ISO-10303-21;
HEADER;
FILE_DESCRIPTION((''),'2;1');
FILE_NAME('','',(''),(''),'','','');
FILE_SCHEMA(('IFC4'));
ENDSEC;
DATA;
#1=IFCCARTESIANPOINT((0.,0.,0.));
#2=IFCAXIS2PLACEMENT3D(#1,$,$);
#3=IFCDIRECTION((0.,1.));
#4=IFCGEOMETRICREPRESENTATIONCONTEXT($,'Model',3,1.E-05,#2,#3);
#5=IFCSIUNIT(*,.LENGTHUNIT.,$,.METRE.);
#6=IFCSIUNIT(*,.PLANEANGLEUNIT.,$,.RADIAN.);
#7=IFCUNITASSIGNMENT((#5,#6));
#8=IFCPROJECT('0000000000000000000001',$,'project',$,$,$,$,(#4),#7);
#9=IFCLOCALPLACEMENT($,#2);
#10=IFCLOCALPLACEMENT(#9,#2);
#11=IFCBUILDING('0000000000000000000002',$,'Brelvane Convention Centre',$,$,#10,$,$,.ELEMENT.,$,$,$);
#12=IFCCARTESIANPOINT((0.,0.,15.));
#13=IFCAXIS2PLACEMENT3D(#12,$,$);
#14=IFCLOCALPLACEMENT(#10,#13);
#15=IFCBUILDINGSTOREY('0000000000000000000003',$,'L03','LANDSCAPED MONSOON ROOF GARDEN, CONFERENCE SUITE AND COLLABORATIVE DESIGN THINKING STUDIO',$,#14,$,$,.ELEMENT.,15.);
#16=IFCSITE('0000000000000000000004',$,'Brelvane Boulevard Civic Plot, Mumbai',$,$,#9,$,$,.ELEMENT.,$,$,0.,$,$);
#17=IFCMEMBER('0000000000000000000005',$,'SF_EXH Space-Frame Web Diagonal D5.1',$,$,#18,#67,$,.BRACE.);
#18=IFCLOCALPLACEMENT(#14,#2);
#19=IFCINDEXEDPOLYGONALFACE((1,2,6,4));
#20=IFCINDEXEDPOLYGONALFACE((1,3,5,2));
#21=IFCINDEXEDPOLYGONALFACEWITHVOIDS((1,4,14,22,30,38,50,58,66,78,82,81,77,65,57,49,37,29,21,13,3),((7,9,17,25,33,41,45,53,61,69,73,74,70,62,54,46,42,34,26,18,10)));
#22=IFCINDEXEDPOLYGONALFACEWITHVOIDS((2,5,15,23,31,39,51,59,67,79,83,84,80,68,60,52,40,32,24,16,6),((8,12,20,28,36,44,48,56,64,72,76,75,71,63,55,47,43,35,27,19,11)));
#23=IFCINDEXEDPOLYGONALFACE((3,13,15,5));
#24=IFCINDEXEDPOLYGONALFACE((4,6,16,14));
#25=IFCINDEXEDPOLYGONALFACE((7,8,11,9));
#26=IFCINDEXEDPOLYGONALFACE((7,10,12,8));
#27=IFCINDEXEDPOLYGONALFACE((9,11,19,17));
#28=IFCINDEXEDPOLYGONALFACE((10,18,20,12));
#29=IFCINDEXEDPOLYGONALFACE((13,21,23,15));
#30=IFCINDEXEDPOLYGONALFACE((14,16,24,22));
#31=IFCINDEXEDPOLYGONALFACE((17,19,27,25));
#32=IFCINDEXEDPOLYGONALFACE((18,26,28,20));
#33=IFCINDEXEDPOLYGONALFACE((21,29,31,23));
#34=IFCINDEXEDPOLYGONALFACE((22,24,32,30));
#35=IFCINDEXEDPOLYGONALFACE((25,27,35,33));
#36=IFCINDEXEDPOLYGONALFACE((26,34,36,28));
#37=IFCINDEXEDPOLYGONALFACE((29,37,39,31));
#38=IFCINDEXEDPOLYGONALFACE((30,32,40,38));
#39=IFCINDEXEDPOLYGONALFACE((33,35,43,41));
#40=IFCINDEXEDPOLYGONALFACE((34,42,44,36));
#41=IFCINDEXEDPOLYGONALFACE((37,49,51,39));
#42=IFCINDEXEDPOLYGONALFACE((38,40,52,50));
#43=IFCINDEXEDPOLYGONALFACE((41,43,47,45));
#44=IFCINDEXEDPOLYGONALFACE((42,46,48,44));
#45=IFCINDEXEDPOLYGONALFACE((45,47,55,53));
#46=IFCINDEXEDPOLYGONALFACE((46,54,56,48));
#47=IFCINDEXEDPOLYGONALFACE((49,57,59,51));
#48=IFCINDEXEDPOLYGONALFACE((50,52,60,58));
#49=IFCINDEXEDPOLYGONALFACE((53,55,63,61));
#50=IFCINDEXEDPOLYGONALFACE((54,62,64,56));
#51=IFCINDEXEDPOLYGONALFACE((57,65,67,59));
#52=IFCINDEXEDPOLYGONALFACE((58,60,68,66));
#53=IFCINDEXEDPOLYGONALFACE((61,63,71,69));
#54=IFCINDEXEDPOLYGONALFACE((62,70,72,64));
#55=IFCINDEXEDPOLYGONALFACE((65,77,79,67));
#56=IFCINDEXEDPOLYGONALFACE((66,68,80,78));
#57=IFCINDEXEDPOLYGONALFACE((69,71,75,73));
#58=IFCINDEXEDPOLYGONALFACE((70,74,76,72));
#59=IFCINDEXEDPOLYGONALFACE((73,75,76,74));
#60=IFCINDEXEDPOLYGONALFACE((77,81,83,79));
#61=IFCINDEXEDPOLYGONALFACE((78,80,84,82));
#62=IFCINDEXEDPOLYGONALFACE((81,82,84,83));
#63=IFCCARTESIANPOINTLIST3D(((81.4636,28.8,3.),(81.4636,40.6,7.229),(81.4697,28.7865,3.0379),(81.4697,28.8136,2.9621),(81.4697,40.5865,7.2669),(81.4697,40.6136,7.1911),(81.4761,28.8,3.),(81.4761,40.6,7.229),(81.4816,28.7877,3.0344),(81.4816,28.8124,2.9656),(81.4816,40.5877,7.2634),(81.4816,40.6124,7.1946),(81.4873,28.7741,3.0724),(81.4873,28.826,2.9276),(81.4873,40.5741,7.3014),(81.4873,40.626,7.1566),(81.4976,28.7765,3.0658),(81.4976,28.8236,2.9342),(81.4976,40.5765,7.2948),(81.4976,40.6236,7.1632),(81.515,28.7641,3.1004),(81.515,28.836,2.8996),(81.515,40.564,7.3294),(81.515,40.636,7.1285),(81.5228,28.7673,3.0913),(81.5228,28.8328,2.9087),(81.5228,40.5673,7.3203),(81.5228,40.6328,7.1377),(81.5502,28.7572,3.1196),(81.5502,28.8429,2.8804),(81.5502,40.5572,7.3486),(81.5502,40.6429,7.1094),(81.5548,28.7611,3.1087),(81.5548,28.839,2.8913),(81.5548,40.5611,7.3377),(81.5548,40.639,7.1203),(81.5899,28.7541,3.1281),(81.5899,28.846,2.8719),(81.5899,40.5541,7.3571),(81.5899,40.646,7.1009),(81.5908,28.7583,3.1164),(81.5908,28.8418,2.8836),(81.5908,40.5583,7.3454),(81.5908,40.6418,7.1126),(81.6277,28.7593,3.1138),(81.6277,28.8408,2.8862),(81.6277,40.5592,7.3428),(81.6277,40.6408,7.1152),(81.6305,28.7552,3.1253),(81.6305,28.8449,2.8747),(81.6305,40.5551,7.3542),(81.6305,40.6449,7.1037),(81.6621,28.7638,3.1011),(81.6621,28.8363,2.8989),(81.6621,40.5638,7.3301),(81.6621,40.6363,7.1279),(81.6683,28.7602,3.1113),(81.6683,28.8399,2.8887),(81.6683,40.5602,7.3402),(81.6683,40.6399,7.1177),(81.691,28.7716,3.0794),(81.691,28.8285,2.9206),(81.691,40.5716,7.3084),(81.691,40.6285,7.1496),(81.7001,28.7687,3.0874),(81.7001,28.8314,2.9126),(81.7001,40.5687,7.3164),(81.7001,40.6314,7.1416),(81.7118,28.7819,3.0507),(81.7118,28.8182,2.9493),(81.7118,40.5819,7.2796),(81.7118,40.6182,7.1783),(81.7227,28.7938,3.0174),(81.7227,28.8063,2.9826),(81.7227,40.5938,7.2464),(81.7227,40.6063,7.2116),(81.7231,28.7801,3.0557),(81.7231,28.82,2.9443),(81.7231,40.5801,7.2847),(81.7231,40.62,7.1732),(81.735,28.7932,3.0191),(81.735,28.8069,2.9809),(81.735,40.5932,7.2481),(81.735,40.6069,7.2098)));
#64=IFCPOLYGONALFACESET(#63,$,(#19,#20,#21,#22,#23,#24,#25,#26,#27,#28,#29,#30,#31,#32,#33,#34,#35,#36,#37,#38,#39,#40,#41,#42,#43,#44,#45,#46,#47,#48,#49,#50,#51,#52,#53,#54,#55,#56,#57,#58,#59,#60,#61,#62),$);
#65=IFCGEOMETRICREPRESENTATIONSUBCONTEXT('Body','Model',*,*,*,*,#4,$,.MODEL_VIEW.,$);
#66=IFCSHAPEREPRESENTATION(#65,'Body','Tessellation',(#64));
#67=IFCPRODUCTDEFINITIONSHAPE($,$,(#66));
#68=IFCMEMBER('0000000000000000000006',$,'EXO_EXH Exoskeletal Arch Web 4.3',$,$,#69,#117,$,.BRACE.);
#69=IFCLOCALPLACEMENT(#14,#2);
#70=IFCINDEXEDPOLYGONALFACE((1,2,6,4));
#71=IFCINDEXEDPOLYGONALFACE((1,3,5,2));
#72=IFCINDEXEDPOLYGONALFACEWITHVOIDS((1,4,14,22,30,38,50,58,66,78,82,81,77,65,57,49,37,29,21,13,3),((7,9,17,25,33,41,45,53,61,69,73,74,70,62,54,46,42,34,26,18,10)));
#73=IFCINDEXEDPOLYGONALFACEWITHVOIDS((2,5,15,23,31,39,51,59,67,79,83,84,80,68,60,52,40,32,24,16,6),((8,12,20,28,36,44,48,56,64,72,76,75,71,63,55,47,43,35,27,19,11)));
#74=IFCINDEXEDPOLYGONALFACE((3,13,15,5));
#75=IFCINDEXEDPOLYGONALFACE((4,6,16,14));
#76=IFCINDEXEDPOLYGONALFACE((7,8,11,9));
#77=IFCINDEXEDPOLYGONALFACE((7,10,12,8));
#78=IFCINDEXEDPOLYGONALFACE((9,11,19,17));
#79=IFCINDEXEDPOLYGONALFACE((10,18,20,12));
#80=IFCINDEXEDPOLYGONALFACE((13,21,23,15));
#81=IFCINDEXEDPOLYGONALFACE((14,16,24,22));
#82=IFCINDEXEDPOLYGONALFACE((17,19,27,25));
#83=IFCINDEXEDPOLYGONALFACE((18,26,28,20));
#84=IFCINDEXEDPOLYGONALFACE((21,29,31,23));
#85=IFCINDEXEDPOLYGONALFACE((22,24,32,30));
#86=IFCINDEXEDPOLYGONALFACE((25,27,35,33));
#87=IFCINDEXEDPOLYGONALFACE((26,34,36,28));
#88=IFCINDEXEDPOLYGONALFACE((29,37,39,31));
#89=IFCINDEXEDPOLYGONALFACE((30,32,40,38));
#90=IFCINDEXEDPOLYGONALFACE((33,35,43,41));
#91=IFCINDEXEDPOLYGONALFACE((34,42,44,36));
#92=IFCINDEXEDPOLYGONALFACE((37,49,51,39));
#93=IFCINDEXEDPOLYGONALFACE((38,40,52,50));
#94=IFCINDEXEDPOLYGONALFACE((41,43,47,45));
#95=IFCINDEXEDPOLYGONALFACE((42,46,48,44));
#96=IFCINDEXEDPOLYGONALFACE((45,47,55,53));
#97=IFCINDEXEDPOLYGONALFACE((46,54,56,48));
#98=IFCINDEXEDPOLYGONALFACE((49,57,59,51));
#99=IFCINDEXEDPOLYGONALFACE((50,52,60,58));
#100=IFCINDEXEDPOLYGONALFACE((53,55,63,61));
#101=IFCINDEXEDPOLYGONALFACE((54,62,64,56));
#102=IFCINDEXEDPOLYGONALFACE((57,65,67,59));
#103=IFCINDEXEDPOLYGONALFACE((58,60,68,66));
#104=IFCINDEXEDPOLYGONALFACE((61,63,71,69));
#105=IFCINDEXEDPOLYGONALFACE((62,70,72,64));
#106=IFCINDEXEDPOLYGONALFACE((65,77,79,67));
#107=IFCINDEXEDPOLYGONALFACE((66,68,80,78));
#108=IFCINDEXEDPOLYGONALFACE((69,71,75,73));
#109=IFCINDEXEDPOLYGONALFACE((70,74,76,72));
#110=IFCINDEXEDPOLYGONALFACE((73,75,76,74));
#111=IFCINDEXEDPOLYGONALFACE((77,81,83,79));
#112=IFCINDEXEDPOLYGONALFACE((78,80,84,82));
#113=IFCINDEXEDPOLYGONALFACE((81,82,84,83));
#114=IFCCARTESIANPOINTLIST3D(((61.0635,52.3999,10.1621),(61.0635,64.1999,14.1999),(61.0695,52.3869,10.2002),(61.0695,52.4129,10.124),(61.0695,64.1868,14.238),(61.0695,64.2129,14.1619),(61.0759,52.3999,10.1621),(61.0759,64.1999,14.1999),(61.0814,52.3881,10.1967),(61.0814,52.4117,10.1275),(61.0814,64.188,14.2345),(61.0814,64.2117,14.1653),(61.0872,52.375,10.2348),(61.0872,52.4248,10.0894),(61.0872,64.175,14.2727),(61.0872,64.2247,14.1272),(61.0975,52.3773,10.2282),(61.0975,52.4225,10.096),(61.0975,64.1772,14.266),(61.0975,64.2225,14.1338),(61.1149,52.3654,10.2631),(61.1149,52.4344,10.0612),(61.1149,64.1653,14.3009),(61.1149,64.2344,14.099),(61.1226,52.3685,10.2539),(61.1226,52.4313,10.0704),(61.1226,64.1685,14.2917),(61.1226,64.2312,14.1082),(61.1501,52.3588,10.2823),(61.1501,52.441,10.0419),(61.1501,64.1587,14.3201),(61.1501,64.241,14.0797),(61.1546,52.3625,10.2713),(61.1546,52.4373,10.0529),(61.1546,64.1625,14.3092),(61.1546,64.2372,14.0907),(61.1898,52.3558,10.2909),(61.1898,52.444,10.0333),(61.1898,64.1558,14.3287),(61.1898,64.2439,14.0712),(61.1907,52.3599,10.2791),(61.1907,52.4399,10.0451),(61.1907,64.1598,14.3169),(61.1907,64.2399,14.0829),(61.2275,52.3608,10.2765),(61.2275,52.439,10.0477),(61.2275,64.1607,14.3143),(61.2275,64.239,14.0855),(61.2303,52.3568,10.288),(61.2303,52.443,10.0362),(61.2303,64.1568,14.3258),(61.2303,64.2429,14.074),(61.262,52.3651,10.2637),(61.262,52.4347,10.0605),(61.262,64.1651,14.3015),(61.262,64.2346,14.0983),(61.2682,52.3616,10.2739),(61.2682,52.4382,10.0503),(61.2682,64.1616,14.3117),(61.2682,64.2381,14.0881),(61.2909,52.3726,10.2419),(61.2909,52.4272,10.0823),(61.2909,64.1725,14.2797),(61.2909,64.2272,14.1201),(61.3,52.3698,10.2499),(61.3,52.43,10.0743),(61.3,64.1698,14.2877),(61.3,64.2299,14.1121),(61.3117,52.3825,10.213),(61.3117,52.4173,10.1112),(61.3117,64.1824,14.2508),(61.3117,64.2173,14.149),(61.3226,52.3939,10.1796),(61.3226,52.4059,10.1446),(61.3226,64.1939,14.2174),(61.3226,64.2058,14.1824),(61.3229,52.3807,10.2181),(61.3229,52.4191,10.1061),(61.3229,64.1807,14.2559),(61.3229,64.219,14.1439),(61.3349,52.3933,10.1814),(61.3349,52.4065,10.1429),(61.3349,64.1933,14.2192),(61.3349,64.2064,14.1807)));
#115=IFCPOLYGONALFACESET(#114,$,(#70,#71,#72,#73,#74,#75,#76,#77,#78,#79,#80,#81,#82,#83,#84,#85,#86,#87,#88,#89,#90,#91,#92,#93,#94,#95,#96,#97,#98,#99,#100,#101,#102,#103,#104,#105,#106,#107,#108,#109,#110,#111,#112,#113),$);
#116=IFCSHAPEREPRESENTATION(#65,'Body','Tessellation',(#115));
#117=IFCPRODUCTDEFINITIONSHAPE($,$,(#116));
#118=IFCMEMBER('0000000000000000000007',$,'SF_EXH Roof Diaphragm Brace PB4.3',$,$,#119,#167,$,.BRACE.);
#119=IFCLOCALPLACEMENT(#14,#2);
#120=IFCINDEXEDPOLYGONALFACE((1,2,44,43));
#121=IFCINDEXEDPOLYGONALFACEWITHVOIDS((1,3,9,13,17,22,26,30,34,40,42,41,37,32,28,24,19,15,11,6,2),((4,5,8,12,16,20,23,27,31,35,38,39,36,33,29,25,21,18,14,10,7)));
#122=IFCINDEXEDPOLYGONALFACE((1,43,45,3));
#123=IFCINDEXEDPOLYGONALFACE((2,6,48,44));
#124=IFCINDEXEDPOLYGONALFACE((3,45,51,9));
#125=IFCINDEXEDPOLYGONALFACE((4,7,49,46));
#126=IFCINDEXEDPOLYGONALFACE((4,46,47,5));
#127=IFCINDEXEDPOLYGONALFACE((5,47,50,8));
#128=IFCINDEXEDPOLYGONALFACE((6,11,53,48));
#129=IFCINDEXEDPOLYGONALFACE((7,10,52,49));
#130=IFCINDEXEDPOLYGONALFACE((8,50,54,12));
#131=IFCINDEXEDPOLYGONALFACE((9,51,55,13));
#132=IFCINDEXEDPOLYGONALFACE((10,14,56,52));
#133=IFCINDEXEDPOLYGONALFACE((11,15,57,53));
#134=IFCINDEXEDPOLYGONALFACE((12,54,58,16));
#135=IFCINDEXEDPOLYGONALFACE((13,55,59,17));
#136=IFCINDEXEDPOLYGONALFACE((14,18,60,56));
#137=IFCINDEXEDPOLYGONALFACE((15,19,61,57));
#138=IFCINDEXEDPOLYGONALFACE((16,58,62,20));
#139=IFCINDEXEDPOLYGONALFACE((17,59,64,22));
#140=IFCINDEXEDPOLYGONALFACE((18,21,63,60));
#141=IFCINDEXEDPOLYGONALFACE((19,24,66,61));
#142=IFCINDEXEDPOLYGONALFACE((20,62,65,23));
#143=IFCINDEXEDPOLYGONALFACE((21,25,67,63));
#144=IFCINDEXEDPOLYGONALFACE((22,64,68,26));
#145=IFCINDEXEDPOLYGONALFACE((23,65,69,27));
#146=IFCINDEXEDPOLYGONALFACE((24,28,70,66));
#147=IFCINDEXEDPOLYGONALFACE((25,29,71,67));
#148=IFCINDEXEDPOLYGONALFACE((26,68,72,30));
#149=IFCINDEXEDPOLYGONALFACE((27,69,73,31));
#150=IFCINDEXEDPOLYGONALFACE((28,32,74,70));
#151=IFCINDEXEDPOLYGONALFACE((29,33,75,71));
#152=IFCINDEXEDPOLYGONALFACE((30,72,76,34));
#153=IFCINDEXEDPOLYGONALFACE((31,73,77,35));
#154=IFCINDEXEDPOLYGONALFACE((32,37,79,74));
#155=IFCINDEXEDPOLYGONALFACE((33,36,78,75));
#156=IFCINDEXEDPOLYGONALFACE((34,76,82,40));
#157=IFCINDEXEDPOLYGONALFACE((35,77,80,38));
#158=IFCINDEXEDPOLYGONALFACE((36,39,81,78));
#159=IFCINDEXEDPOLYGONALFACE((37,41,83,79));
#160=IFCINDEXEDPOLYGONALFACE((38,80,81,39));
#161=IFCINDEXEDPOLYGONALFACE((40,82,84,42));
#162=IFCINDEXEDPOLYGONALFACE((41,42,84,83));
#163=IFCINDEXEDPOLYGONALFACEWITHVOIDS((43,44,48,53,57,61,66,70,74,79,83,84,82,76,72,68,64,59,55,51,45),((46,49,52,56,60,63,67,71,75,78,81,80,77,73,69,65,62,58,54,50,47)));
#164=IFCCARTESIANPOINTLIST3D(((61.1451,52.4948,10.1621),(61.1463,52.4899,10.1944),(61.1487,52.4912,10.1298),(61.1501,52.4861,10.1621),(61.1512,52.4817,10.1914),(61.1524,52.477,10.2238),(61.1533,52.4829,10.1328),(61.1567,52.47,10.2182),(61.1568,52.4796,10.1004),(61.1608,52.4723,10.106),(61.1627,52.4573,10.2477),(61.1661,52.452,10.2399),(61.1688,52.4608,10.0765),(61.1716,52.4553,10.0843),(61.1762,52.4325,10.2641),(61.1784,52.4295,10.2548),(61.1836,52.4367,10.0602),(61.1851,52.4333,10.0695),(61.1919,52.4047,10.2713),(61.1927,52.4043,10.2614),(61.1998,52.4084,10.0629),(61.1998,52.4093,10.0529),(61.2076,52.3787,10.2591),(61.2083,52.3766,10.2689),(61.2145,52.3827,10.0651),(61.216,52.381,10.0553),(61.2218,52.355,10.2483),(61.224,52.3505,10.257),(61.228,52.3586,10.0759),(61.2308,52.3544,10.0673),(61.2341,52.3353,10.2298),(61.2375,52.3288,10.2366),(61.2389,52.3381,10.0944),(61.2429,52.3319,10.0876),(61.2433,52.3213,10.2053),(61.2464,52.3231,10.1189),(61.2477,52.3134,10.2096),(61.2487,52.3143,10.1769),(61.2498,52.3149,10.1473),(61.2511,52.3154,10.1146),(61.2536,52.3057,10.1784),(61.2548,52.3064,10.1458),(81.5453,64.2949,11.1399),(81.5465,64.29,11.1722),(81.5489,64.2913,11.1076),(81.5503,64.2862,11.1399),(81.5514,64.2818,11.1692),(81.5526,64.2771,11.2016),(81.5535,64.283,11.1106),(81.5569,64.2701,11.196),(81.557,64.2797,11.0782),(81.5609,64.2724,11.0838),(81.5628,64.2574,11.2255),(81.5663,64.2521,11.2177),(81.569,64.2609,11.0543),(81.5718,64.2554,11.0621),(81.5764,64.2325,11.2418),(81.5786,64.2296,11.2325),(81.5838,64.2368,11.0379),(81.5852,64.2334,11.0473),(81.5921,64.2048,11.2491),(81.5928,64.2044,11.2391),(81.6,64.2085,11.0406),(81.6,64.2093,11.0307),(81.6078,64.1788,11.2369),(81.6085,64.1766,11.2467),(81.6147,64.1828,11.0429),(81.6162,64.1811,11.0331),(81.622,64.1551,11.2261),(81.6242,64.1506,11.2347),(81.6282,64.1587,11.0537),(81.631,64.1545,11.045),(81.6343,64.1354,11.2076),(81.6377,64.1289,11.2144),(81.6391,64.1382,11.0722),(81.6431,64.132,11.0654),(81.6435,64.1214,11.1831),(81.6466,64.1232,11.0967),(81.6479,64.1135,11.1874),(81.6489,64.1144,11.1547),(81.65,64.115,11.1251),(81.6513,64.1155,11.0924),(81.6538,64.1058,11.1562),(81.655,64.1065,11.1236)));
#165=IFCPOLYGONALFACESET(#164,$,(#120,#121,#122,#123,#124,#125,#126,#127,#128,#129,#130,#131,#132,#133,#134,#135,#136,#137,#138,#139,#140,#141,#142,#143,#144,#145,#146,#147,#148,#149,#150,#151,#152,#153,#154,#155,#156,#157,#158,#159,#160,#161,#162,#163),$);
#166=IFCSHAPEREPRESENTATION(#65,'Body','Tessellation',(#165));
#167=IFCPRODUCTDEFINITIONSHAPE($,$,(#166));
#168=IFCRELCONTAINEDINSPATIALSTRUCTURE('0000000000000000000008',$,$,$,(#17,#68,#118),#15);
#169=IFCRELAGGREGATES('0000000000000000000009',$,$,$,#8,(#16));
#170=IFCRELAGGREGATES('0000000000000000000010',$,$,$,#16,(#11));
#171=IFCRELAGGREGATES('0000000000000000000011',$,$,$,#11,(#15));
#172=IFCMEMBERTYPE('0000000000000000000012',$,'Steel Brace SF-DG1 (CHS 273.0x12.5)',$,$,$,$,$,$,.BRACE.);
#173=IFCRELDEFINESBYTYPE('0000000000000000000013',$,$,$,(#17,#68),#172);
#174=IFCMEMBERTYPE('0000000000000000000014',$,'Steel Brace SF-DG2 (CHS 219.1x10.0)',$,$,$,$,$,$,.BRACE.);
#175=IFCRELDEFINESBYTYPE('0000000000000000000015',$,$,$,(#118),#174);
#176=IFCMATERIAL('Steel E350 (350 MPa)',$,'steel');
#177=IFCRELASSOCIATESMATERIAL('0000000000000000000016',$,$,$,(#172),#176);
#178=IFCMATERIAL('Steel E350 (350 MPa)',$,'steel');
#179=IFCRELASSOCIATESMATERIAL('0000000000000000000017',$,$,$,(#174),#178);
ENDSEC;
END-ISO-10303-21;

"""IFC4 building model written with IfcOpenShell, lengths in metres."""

from ifc_helpers import new_model, si_unit, direction, frame, origin, origin_2d, place, context, subcontext, project, spatial, hollow_circle, extrude, material, material_profile, profile_set, type_object, element, save


model = new_model("IFC4")

# Units and contexts
model_context = context("Model", 3, precision=1e-05, world=origin(), true_north=direction((0.0, 1.0)))
body_context = subcontext(model_context, "Body", "Model", "MODEL_VIEW")
ifc_project = project(units=[si_unit("LENGTHUNIT", "METRE"), si_unit("PLANEANGLEUNIT", "RADIAN")], contexts=[model_context])

# Site, building, storey
site_placement = place(None, origin())
site = spatial("IfcSite", under=ifc_project, at=site_placement, Name="Brelvane Boulevard Civic Plot, Mumbai", CompositionType="ELEMENT", RefElevation=0.0)
building_placement = place(site_placement, origin())
building = spatial("IfcBuilding", under=site, at=building_placement, Name="Brelvane Convention Centre", CompositionType="ELEMENT")
storey_placement = place(building_placement, frame((0.0, 0.0, 15.0)))
storey = spatial("IfcBuildingStorey", under=building, at=storey_placement, Name="L03", Description="LANDSCAPED MONSOON ROOF GARDEN, CONFERENCE SUITE AND COLLABORATIVE DESIGN THINKING STUDIO", CompositionType="ELEMENT", Elevation=15.0)

# Members
ifc_material_1 = material(Name="Steel E350 (350 MPa)", Category="steel")
ifc_material_profile_1 = material_profile(ifc_material_1, hollow_circle(Radius=0.1365, WallThickness=0.0125, at=origin_2d()), Name="CHS 273.0x12.5")
ifc_profile_set_1 = profile_set([ifc_material_profile_1], Name="Steel E350 (350 MPa)")
member_type_1 = type_object("IfcMemberType", Name="Steel Brace SF-DG1 (CHS 273.0x12.5)", PredefinedType="BRACE", material=ifc_profile_set_1)
member_1_placement = place(storey_placement, frame((81.6001, 28.8, 3.0), z_axis=(0.0, 0.94137, 0.337376), x_axis=(-1.0, 0.0, 0.0)))
element("IfcMember", 1, at=member_1_placement, inside=storey, type_object=member_type_1, Name="SF_EXH Space-Frame Web Diagonal D5.1", PredefinedType="BRACE", context=body_context, shape_type="SweptSolid", body=[
    extrude(hollow_circle(Radius=0.1365, WallThickness=0.0125, at=origin_2d()), origin(), (0.0, 0.0, 1.0), 12.5349),
])
member_2_placement = place(storey_placement, frame((61.2, 52.3999, 10.1621), z_axis=(0.0, 0.94614, 0.323758), x_axis=(-1.0, 0.0, 0.0)))
element("IfcMember", 2, at=member_2_placement, inside=storey, type_object=member_type_1, Name="EXO_EXH Exoskeletal Arch Web 4.3", PredefinedType="BRACE", context=body_context, shape_type="SweptSolid", body=[
    extrude(hollow_circle(Radius=0.1365, WallThickness=0.0125, at=origin_2d()), origin(), (0.0, 0.0, 1.0), 12.4717),
])
ifc_material_2 = material(Name="Steel E350 (350 MPa)", Category="steel")
ifc_material_profile_2 = material_profile(ifc_material_2, hollow_circle(Radius=0.1096, WallThickness=0.01, at=origin_2d()), Name="CHS 219.1x10.0")
ifc_profile_set_2 = profile_set([ifc_material_profile_2], Name="Steel E350 (350 MPa)")
member_type_2 = type_object("IfcMemberType", Name="Steel Brace SF-DG2 (CHS 219.1x10.0)", PredefinedType="BRACE", material=ifc_profile_set_2)
member_3_placement = place(storey_placement, frame((61.2, 52.3999, 10.1621), z_axis=(0.864876, 0.50027, 0.041454), x_axis=(-0.500701, 0.865621, 0.0)))
element("IfcMember", 3, at=member_3_placement, inside=storey, type_object=member_type_2, Name="SF_EXH Roof Diaphragm Brace PB4.3", PredefinedType="BRACE", context=body_context, shape_type="SweptSolid", body=[
    extrude(hollow_circle(Radius=0.1096, WallThickness=0.01, at=origin_2d()), origin(), (0.0, 0.0, 1.0), 23.5874),
])

save(model, "model.ifc")
